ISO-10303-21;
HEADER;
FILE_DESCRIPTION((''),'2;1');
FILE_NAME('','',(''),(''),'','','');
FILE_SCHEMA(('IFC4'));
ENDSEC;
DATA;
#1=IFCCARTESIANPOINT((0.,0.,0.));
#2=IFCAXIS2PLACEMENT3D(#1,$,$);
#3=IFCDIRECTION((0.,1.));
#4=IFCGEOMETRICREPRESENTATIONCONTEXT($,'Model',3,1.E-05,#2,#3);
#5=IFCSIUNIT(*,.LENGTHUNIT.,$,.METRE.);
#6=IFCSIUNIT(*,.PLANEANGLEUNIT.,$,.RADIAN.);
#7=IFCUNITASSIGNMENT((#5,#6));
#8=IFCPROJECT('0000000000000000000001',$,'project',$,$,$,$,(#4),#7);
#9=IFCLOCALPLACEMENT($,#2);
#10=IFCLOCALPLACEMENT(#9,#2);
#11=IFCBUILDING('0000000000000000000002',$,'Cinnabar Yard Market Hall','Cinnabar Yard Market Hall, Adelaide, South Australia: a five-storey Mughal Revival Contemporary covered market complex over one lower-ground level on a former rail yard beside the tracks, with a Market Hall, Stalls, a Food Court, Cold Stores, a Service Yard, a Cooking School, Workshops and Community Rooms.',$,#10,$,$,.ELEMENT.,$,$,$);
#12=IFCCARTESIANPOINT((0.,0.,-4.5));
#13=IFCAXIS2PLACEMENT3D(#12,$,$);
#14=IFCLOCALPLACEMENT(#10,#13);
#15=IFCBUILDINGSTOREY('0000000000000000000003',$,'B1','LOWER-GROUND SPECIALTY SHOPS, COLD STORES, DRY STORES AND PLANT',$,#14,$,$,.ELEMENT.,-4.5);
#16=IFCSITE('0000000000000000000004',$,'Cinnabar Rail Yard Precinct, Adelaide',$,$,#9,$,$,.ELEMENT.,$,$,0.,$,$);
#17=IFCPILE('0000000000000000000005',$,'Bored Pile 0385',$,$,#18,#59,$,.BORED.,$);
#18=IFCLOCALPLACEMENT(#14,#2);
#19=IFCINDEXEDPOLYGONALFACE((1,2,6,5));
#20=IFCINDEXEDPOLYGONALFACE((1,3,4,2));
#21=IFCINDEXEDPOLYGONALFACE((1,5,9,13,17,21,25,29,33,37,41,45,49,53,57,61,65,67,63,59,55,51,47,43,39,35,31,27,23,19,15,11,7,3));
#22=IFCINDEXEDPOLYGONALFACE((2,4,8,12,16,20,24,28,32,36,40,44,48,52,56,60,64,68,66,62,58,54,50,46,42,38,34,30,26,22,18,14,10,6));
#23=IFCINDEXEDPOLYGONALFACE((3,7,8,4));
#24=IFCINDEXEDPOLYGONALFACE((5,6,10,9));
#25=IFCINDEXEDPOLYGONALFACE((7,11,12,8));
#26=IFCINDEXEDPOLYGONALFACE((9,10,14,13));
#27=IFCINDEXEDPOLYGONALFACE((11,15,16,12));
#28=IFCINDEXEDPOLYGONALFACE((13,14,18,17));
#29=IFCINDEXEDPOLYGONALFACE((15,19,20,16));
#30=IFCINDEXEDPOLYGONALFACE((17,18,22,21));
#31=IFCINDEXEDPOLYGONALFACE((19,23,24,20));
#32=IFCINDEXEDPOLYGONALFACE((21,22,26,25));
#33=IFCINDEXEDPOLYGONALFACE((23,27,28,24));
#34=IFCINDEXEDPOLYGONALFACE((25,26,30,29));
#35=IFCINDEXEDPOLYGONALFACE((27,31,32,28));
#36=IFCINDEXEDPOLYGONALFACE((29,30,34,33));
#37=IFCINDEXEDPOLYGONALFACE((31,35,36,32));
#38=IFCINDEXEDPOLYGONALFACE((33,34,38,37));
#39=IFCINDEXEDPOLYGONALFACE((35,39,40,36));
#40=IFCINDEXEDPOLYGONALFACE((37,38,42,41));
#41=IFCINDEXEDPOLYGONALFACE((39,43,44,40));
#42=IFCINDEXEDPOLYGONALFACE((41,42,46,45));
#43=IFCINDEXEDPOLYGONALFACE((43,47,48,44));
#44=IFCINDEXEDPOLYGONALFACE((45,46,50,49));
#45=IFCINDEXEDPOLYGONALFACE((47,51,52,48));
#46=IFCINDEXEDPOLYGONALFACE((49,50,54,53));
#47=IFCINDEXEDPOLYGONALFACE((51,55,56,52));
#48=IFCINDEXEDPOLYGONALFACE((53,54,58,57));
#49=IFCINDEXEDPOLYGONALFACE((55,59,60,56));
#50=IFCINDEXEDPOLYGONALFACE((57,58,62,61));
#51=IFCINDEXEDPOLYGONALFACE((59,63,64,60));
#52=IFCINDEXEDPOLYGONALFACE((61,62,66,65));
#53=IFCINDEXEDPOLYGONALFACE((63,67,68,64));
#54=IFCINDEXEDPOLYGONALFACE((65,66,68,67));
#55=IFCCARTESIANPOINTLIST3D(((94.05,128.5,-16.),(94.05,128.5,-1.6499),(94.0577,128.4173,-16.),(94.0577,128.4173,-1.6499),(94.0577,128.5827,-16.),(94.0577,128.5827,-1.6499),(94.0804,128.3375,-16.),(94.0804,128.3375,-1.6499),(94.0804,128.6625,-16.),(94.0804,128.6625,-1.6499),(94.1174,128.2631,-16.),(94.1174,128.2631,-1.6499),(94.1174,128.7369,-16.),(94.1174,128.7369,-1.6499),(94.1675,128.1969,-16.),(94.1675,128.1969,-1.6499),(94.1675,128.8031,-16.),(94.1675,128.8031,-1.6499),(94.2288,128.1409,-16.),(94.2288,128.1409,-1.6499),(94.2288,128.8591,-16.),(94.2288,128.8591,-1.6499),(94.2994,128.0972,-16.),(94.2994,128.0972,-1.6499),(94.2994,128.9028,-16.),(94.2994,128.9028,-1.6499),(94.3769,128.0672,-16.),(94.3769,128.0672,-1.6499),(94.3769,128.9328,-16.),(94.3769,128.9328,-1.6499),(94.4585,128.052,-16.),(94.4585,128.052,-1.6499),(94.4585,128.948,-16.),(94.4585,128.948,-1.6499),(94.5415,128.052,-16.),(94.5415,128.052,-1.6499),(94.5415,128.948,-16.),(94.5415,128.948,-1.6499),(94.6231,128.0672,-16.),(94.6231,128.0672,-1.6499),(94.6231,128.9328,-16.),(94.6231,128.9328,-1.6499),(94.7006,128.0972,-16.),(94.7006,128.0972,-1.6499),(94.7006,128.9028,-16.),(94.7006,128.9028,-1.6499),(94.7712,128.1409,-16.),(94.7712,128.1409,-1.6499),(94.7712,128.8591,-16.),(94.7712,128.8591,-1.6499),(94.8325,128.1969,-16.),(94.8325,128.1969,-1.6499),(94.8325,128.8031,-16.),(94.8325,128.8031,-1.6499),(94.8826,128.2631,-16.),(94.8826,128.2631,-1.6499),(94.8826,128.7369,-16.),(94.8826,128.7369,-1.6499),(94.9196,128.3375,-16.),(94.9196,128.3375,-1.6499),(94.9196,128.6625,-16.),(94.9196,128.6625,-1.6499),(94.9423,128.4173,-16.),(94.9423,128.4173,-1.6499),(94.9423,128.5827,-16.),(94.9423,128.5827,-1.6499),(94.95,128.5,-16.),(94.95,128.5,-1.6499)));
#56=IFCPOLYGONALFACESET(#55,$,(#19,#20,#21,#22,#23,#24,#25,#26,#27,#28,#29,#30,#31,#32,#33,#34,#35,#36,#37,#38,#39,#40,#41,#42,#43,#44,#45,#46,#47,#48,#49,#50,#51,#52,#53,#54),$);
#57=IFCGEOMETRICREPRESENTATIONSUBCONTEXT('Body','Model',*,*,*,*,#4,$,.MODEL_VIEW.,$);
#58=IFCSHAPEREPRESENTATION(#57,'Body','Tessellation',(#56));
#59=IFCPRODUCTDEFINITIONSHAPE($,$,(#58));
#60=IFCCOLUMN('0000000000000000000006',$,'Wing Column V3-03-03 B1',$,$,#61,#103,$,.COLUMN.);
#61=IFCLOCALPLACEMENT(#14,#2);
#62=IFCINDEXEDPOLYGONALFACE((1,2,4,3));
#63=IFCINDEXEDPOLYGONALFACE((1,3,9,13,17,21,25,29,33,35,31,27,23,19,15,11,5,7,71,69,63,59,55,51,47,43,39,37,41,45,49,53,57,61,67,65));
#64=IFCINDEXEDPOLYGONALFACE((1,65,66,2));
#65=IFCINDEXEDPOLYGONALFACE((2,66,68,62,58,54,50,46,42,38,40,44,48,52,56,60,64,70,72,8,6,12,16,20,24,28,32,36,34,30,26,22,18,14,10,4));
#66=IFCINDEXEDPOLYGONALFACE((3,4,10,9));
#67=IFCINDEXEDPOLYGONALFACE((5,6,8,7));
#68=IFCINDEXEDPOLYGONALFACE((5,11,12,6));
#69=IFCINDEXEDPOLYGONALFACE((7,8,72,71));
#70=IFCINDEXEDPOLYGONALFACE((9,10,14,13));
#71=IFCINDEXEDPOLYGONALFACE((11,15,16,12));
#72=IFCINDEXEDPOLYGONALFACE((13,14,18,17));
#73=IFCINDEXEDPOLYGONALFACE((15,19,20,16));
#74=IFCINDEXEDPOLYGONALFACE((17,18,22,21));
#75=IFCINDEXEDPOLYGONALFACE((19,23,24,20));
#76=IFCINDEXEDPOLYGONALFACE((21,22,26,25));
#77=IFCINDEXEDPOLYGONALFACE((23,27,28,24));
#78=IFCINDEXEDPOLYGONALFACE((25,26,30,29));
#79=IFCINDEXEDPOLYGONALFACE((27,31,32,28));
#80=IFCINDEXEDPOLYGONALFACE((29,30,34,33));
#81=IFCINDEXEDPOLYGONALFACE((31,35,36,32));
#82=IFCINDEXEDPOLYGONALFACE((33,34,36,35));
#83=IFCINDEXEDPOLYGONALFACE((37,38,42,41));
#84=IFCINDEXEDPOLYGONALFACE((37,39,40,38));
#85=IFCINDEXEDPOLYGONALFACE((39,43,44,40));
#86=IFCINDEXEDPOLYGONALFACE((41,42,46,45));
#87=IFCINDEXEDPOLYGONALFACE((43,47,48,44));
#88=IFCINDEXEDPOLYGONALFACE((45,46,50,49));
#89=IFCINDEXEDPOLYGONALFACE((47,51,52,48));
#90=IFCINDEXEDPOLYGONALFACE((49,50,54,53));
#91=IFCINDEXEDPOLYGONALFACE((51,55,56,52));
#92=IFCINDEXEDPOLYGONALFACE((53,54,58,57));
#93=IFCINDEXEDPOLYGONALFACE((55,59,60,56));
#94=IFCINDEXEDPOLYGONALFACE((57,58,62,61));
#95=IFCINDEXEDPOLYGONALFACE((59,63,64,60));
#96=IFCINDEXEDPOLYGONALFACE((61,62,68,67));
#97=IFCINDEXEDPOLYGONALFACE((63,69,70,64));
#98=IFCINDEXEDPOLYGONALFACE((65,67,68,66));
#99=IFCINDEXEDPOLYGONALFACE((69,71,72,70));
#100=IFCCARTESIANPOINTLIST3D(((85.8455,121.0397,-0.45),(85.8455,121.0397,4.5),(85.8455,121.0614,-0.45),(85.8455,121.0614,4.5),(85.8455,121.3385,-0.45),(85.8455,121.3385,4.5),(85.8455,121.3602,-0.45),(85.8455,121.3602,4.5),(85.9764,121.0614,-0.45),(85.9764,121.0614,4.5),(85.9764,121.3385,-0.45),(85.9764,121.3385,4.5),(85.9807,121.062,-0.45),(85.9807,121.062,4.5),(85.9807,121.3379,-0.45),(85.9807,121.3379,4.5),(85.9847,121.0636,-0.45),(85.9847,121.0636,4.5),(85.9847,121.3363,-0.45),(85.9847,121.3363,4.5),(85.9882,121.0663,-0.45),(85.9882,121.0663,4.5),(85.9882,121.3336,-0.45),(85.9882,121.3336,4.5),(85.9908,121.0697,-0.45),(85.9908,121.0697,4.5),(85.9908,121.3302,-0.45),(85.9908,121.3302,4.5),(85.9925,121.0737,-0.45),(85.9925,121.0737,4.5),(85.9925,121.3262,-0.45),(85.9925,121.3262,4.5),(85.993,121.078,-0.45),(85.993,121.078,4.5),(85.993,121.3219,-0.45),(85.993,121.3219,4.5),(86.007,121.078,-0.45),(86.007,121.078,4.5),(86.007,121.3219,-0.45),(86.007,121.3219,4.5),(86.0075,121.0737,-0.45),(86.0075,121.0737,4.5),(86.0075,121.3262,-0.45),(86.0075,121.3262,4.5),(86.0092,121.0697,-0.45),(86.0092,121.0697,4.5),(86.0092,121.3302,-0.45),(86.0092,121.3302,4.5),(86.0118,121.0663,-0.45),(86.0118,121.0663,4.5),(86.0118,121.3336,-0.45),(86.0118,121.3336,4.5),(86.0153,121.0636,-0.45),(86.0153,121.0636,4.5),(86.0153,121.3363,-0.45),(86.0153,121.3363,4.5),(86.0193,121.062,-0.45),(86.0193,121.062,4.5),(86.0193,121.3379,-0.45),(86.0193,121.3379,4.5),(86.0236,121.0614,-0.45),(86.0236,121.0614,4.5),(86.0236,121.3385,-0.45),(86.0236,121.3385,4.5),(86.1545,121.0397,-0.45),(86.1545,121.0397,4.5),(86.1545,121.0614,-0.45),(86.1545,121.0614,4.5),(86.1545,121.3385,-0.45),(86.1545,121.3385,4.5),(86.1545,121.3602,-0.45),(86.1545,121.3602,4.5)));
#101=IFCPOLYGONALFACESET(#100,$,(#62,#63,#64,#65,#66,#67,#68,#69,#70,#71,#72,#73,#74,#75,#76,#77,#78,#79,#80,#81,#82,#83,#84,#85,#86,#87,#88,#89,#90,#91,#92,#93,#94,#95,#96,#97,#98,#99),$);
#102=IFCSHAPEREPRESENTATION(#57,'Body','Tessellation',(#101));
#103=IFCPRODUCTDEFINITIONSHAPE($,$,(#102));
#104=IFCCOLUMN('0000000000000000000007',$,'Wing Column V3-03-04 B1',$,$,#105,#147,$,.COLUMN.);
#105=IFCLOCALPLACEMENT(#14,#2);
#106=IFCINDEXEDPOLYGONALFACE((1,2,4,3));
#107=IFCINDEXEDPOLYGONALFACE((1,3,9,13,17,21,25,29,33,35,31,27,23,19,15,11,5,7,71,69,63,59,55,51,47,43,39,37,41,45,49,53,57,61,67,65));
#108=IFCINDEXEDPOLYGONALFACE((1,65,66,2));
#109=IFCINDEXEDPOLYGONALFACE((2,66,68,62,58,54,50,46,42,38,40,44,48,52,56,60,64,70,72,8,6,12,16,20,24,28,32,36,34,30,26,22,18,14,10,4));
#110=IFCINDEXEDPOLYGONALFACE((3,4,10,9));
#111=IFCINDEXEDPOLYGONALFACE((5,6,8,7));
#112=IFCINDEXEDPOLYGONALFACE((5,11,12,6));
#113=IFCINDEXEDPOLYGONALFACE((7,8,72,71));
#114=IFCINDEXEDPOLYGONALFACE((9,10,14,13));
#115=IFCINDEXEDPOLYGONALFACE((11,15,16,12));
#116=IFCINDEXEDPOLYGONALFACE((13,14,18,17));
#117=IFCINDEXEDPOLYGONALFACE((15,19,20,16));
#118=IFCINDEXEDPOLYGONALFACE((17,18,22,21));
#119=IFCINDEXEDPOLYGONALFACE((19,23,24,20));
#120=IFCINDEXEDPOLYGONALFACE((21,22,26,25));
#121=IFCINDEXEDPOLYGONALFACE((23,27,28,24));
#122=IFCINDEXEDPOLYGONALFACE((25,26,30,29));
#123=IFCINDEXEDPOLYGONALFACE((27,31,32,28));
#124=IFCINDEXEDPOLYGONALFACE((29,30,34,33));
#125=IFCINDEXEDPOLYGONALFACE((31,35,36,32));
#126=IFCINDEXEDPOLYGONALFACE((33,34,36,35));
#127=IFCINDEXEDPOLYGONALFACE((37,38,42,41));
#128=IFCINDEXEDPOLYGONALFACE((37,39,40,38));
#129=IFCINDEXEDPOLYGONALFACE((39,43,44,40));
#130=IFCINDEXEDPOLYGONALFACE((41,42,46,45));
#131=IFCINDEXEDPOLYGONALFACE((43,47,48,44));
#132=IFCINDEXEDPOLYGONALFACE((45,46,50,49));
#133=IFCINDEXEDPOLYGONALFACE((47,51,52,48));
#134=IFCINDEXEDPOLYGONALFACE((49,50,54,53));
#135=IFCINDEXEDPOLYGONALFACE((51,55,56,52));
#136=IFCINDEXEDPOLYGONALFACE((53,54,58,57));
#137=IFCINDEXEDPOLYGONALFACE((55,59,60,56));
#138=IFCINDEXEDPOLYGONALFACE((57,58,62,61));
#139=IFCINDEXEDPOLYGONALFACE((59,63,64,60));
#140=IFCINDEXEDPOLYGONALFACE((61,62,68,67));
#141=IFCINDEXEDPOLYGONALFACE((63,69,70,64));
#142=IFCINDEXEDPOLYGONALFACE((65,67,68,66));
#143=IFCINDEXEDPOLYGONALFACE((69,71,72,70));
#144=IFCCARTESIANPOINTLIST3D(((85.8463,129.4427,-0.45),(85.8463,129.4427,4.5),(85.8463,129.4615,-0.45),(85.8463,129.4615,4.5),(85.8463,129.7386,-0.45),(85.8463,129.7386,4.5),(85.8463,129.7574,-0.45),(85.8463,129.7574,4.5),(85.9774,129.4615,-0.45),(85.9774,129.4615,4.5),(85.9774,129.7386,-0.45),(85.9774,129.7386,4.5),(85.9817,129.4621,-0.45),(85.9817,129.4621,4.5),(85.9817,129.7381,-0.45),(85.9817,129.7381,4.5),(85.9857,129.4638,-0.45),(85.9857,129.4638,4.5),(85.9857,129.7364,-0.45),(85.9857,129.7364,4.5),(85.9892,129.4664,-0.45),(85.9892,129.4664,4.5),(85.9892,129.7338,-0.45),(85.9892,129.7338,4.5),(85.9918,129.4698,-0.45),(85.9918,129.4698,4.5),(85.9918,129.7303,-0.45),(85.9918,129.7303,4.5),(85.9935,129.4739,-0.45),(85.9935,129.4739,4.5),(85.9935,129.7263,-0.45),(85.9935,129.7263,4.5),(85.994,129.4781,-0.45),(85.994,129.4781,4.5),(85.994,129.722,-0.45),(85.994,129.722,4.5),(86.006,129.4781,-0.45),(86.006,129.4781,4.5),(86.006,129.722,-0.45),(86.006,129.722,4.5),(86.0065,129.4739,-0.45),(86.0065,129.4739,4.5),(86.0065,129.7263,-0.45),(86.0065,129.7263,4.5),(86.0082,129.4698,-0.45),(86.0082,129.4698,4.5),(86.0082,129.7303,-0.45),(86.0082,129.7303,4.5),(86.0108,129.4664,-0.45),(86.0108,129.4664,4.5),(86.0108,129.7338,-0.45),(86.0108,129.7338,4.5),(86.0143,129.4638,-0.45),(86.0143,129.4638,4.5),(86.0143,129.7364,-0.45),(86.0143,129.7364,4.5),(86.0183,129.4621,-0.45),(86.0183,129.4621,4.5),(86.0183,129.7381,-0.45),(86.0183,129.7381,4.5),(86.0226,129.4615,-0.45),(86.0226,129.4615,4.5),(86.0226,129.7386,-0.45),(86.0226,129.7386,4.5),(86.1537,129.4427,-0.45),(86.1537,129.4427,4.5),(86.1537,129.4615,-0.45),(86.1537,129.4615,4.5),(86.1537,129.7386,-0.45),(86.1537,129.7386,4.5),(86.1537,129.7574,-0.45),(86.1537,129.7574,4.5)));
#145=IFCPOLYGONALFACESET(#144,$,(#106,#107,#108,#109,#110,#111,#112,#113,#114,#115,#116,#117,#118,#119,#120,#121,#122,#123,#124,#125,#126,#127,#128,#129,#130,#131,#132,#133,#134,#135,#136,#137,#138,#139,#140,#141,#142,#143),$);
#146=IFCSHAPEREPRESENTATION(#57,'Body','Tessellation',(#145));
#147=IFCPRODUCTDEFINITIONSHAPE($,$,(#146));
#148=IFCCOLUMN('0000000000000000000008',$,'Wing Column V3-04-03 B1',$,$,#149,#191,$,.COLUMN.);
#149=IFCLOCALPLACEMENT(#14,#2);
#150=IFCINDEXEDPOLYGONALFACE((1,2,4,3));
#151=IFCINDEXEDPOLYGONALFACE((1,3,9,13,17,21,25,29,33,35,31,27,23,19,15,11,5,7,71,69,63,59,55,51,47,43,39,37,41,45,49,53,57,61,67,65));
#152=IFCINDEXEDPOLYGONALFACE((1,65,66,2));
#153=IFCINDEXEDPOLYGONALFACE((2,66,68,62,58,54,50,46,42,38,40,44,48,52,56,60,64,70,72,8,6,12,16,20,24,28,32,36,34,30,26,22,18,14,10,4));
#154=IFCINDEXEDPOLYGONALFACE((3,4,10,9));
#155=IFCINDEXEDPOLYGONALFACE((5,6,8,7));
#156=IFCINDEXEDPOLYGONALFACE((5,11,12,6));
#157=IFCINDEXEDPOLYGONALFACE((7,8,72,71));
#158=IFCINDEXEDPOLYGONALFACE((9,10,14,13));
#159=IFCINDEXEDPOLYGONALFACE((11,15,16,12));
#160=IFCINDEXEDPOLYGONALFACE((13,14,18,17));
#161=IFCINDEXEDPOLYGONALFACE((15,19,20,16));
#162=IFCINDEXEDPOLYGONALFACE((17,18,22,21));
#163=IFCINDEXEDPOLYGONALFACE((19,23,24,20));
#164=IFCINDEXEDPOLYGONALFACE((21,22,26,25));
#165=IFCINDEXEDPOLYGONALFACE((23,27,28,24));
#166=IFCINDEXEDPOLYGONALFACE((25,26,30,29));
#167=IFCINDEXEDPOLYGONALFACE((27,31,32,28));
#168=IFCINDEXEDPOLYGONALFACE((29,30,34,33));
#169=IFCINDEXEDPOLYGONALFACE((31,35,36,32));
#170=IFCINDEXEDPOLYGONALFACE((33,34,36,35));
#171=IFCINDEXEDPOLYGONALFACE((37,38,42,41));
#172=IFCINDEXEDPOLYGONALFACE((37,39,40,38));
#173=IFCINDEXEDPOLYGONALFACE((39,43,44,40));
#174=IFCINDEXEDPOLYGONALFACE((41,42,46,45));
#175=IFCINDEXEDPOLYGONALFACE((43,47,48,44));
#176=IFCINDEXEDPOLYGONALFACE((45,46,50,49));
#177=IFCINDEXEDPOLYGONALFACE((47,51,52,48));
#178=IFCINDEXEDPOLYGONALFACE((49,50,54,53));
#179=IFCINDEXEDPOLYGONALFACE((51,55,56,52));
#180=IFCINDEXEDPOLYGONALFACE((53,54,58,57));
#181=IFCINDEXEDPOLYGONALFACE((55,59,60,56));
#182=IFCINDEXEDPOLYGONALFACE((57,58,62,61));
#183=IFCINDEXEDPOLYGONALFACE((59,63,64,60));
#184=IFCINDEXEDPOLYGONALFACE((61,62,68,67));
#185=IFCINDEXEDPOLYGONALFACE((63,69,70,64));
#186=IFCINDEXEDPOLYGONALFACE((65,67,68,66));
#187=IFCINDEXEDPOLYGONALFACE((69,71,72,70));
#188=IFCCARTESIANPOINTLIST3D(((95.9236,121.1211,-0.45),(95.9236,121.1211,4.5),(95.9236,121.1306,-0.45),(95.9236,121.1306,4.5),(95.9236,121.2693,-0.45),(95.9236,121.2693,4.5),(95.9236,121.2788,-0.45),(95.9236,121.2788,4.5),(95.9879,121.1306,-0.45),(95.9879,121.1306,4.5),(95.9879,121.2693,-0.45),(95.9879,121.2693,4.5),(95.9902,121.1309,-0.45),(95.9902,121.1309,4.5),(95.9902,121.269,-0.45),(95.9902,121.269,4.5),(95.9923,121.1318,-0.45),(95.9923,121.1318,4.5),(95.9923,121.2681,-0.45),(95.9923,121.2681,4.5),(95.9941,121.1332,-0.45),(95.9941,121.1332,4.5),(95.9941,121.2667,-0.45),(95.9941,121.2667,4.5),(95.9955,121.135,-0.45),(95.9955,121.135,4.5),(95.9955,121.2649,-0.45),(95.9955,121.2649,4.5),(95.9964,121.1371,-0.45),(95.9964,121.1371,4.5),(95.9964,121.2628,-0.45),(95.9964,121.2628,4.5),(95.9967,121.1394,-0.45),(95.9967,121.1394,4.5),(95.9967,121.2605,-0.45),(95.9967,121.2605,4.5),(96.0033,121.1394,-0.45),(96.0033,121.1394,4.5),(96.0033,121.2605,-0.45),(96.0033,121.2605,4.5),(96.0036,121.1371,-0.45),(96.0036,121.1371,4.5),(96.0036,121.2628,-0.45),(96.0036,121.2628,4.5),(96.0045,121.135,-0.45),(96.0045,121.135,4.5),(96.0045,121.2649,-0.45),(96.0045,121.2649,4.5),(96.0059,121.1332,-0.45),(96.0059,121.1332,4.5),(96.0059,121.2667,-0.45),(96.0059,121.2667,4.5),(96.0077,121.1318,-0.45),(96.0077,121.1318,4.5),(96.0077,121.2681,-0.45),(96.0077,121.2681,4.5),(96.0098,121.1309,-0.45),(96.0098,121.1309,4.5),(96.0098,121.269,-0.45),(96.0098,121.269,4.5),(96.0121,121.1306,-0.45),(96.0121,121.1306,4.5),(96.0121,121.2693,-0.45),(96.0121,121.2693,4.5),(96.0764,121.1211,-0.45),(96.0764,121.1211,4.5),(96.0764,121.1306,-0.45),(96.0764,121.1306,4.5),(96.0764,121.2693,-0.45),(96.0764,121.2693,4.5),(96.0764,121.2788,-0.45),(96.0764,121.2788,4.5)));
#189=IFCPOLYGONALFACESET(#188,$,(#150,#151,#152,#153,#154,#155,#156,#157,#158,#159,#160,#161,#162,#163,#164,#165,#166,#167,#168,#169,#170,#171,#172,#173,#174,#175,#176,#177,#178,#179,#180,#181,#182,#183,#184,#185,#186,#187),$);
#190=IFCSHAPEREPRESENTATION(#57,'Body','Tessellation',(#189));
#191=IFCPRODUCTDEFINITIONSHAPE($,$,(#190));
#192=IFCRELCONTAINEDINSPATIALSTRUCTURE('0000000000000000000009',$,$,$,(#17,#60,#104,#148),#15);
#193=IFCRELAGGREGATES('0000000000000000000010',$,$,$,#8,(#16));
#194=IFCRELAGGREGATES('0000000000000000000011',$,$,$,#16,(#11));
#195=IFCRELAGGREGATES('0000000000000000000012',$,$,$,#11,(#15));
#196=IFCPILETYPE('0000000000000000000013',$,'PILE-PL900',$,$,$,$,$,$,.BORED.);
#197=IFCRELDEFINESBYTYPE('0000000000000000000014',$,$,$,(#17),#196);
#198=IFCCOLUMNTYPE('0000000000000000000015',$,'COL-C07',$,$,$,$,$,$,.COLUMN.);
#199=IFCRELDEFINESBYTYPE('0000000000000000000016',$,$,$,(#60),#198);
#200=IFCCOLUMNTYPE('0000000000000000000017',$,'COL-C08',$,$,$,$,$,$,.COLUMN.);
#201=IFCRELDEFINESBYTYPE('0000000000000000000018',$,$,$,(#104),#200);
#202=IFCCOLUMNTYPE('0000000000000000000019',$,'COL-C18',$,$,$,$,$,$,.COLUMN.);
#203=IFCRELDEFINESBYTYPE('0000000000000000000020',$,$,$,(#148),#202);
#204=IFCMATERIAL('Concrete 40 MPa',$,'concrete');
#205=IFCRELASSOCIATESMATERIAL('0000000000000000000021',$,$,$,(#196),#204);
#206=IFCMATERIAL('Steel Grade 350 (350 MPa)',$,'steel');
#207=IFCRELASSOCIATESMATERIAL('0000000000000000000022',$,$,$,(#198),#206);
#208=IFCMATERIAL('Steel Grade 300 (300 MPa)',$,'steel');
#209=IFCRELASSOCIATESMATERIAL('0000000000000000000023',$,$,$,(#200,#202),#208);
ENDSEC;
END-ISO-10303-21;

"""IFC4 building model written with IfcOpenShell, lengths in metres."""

from ifc_helpers import new_model, si_unit, direction, frame, origin, origin_2d_with_axis, place, context, subcontext, project, spatial, circle, i_section, extrude, material, material_profile, profile_set, type_object, element, save


model = new_model("IFC4")

# Units and contexts
model_context = context("Model", 3, precision=1e-05, world=origin(), true_north=direction((0.0, 1.0)))
body_context = subcontext(model_context, "Body", "Model", "MODEL_VIEW")
ifc_project = project(units=[si_unit("LENGTHUNIT", "METRE"), si_unit("PLANEANGLEUNIT", "RADIAN")], contexts=[model_context])

# Site, building, storey
site_placement = place(None, origin())
site = spatial("IfcSite", under=ifc_project, at=site_placement, Name="Cinnabar Rail Yard Precinct, Adelaide", CompositionType="ELEMENT", RefElevation=0.0)
building_placement = place(site_placement, origin())
building = spatial("IfcBuilding", under=site, at=building_placement, Name="Cinnabar Yard Market Hall", Description="Cinnabar Yard Market Hall, Adelaide, South Australia: a five-storey Mughal Revival Contemporary covered market complex over one lower-ground level on a former rail yard beside the tracks, with a Market Hall, Stalls, a Food Court, Cold Stores, a Service Yard, a Cooking School, Workshops and Community Rooms.", CompositionType="ELEMENT")
storey_placement = place(building_placement, frame((0.0, 0.0, -4.5)))
storey = spatial("IfcBuildingStorey", under=building, at=storey_placement, Name="B1", Description="LOWER-GROUND SPECIALTY SHOPS, COLD STORES, DRY STORES AND PLANT", CompositionType="ELEMENT", Elevation=-4.5)

# Shared definitions
ifc_material_1 = material(Name="Concrete 40 MPa", Category="concrete")

# Pile
ifc_material_profile_1 = material_profile(ifc_material_1, circle(Radius=0.45, at=origin_2d_with_axis()), Name="PILE-D900")
ifc_profile_set_1 = profile_set([ifc_material_profile_1], Name="Concrete 40 MPa")
pile_type_1 = type_object("IfcPileType", Name="PILE-PL900", PredefinedType="BORED", material=ifc_profile_set_1)
pile_1_placement = place(storey_placement, frame((94.5, 128.5, -1.6499), z_axis=(0.0, 0.0, -1.0), x_axis=(1.0, 0.0, 0.0)))
element("IfcPile", 1, at=pile_1_placement, inside=storey, type_object=pile_type_1, Name="Bored Pile 0385", PredefinedType="BORED", context=body_context, shape_type="SweptSolid", body=[
    extrude(circle(Radius=0.45, at=origin_2d_with_axis()), origin(), (0.0, 0.0, 1.0), 14.3501),
])

# Columns
ifc_material_2 = material(Name="Steel Grade 350 (350 MPa)", Category="steel")
ifc_material_profile_2 = material_profile(ifc_material_2, i_section(OverallWidth=0.3091, OverallDepth=0.3206, WebThickness=0.0139, FlangeThickness=0.0217, FilletRadius=0.0166, at=origin_2d_with_axis()), Name="310UC137")
ifc_profile_set_2 = profile_set([ifc_material_profile_2], Name="Steel Grade 350 (350 MPa)")
column_type_1 = type_object("IfcColumnType", Name="COL-C07", PredefinedType="COLUMN", material=ifc_profile_set_2)
column_1_placement = place(storey_placement, frame((86.0, 121.2, -0.45), z_axis=(0.0, 0.0, 1.0), x_axis=(1.0, 0.0, 0.0)))
element("IfcColumn", 2, at=column_1_placement, inside=storey, type_object=column_type_1, Name="Wing Column V3-03-03 B1", PredefinedType="COLUMN", context=body_context, shape_type="SweptSolid", body=[
    extrude(i_section(OverallWidth=0.3091, OverallDepth=0.3206, WebThickness=0.0139, FlangeThickness=0.0217, FilletRadius=0.0166, at=origin_2d_with_axis()), origin(), (0.0, 0.0, 1.0), 4.95),
])
ifc_material_3 = material(Name="Steel Grade 300 (300 MPa)", Category="steel")
ifc_material_profile_3 = material_profile(ifc_material_3, i_section(OverallWidth=0.3074, OverallDepth=0.3147, WebThickness=0.012, FlangeThickness=0.0188, FilletRadius=0.0166, at=origin_2d_with_axis()), Name="310UC118")
ifc_profile_set_3 = profile_set([ifc_material_profile_3], Name="Steel Grade 300 (300 MPa)")
column_type_2 = type_object("IfcColumnType", Name="COL-C08", PredefinedType="COLUMN", material=ifc_profile_set_3)
column_2_placement = place(storey_placement, frame((86.0, 129.6001, -0.45), z_axis=(0.0, 0.0, 1.0), x_axis=(1.0, 0.0, 0.0)))
element("IfcColumn", 3, at=column_2_placement, inside=storey, type_object=column_type_2, Name="Wing Column V3-03-04 B1", PredefinedType="COLUMN", context=body_context, shape_type="SweptSolid", body=[
    extrude(i_section(OverallWidth=0.3074, OverallDepth=0.3147, WebThickness=0.012, FlangeThickness=0.0188, FilletRadius=0.0166, at=origin_2d_with_axis()), origin(), (0.0, 0.0, 1.0), 4.95),
])
ifc_material_profile_4 = material_profile(ifc_material_3, i_section(OverallWidth=0.1528, OverallDepth=0.1577, WebThickness=0.0066, FlangeThickness=0.0095, FilletRadius=0.0088, at=origin_2d_with_axis()), Name="150UC30.0")
ifc_profile_set_4 = profile_set([ifc_material_profile_4], Name="Steel Grade 300 (300 MPa)")
column_type_3 = type_object("IfcColumnType", Name="COL-C18", PredefinedType="COLUMN", material=ifc_profile_set_4)
column_3_placement = place(storey_placement, frame((96.0, 121.2, -0.45), z_axis=(0.0, 0.0, 1.0), x_axis=(1.0, 0.0, 0.0)))
element("IfcColumn", 4, at=column_3_placement, inside=storey, type_object=column_type_3, Name="Wing Column V3-04-03 B1", PredefinedType="COLUMN", context=body_context, shape_type="SweptSolid", body=[
    extrude(i_section(OverallWidth=0.1528, OverallDepth=0.1577, WebThickness=0.0066, FlangeThickness=0.0095, FilletRadius=0.0088, at=origin_2d_with_axis()), origin(), (0.0, 0.0, 1.0), 4.95),
])

save(model, "model.ifc")
